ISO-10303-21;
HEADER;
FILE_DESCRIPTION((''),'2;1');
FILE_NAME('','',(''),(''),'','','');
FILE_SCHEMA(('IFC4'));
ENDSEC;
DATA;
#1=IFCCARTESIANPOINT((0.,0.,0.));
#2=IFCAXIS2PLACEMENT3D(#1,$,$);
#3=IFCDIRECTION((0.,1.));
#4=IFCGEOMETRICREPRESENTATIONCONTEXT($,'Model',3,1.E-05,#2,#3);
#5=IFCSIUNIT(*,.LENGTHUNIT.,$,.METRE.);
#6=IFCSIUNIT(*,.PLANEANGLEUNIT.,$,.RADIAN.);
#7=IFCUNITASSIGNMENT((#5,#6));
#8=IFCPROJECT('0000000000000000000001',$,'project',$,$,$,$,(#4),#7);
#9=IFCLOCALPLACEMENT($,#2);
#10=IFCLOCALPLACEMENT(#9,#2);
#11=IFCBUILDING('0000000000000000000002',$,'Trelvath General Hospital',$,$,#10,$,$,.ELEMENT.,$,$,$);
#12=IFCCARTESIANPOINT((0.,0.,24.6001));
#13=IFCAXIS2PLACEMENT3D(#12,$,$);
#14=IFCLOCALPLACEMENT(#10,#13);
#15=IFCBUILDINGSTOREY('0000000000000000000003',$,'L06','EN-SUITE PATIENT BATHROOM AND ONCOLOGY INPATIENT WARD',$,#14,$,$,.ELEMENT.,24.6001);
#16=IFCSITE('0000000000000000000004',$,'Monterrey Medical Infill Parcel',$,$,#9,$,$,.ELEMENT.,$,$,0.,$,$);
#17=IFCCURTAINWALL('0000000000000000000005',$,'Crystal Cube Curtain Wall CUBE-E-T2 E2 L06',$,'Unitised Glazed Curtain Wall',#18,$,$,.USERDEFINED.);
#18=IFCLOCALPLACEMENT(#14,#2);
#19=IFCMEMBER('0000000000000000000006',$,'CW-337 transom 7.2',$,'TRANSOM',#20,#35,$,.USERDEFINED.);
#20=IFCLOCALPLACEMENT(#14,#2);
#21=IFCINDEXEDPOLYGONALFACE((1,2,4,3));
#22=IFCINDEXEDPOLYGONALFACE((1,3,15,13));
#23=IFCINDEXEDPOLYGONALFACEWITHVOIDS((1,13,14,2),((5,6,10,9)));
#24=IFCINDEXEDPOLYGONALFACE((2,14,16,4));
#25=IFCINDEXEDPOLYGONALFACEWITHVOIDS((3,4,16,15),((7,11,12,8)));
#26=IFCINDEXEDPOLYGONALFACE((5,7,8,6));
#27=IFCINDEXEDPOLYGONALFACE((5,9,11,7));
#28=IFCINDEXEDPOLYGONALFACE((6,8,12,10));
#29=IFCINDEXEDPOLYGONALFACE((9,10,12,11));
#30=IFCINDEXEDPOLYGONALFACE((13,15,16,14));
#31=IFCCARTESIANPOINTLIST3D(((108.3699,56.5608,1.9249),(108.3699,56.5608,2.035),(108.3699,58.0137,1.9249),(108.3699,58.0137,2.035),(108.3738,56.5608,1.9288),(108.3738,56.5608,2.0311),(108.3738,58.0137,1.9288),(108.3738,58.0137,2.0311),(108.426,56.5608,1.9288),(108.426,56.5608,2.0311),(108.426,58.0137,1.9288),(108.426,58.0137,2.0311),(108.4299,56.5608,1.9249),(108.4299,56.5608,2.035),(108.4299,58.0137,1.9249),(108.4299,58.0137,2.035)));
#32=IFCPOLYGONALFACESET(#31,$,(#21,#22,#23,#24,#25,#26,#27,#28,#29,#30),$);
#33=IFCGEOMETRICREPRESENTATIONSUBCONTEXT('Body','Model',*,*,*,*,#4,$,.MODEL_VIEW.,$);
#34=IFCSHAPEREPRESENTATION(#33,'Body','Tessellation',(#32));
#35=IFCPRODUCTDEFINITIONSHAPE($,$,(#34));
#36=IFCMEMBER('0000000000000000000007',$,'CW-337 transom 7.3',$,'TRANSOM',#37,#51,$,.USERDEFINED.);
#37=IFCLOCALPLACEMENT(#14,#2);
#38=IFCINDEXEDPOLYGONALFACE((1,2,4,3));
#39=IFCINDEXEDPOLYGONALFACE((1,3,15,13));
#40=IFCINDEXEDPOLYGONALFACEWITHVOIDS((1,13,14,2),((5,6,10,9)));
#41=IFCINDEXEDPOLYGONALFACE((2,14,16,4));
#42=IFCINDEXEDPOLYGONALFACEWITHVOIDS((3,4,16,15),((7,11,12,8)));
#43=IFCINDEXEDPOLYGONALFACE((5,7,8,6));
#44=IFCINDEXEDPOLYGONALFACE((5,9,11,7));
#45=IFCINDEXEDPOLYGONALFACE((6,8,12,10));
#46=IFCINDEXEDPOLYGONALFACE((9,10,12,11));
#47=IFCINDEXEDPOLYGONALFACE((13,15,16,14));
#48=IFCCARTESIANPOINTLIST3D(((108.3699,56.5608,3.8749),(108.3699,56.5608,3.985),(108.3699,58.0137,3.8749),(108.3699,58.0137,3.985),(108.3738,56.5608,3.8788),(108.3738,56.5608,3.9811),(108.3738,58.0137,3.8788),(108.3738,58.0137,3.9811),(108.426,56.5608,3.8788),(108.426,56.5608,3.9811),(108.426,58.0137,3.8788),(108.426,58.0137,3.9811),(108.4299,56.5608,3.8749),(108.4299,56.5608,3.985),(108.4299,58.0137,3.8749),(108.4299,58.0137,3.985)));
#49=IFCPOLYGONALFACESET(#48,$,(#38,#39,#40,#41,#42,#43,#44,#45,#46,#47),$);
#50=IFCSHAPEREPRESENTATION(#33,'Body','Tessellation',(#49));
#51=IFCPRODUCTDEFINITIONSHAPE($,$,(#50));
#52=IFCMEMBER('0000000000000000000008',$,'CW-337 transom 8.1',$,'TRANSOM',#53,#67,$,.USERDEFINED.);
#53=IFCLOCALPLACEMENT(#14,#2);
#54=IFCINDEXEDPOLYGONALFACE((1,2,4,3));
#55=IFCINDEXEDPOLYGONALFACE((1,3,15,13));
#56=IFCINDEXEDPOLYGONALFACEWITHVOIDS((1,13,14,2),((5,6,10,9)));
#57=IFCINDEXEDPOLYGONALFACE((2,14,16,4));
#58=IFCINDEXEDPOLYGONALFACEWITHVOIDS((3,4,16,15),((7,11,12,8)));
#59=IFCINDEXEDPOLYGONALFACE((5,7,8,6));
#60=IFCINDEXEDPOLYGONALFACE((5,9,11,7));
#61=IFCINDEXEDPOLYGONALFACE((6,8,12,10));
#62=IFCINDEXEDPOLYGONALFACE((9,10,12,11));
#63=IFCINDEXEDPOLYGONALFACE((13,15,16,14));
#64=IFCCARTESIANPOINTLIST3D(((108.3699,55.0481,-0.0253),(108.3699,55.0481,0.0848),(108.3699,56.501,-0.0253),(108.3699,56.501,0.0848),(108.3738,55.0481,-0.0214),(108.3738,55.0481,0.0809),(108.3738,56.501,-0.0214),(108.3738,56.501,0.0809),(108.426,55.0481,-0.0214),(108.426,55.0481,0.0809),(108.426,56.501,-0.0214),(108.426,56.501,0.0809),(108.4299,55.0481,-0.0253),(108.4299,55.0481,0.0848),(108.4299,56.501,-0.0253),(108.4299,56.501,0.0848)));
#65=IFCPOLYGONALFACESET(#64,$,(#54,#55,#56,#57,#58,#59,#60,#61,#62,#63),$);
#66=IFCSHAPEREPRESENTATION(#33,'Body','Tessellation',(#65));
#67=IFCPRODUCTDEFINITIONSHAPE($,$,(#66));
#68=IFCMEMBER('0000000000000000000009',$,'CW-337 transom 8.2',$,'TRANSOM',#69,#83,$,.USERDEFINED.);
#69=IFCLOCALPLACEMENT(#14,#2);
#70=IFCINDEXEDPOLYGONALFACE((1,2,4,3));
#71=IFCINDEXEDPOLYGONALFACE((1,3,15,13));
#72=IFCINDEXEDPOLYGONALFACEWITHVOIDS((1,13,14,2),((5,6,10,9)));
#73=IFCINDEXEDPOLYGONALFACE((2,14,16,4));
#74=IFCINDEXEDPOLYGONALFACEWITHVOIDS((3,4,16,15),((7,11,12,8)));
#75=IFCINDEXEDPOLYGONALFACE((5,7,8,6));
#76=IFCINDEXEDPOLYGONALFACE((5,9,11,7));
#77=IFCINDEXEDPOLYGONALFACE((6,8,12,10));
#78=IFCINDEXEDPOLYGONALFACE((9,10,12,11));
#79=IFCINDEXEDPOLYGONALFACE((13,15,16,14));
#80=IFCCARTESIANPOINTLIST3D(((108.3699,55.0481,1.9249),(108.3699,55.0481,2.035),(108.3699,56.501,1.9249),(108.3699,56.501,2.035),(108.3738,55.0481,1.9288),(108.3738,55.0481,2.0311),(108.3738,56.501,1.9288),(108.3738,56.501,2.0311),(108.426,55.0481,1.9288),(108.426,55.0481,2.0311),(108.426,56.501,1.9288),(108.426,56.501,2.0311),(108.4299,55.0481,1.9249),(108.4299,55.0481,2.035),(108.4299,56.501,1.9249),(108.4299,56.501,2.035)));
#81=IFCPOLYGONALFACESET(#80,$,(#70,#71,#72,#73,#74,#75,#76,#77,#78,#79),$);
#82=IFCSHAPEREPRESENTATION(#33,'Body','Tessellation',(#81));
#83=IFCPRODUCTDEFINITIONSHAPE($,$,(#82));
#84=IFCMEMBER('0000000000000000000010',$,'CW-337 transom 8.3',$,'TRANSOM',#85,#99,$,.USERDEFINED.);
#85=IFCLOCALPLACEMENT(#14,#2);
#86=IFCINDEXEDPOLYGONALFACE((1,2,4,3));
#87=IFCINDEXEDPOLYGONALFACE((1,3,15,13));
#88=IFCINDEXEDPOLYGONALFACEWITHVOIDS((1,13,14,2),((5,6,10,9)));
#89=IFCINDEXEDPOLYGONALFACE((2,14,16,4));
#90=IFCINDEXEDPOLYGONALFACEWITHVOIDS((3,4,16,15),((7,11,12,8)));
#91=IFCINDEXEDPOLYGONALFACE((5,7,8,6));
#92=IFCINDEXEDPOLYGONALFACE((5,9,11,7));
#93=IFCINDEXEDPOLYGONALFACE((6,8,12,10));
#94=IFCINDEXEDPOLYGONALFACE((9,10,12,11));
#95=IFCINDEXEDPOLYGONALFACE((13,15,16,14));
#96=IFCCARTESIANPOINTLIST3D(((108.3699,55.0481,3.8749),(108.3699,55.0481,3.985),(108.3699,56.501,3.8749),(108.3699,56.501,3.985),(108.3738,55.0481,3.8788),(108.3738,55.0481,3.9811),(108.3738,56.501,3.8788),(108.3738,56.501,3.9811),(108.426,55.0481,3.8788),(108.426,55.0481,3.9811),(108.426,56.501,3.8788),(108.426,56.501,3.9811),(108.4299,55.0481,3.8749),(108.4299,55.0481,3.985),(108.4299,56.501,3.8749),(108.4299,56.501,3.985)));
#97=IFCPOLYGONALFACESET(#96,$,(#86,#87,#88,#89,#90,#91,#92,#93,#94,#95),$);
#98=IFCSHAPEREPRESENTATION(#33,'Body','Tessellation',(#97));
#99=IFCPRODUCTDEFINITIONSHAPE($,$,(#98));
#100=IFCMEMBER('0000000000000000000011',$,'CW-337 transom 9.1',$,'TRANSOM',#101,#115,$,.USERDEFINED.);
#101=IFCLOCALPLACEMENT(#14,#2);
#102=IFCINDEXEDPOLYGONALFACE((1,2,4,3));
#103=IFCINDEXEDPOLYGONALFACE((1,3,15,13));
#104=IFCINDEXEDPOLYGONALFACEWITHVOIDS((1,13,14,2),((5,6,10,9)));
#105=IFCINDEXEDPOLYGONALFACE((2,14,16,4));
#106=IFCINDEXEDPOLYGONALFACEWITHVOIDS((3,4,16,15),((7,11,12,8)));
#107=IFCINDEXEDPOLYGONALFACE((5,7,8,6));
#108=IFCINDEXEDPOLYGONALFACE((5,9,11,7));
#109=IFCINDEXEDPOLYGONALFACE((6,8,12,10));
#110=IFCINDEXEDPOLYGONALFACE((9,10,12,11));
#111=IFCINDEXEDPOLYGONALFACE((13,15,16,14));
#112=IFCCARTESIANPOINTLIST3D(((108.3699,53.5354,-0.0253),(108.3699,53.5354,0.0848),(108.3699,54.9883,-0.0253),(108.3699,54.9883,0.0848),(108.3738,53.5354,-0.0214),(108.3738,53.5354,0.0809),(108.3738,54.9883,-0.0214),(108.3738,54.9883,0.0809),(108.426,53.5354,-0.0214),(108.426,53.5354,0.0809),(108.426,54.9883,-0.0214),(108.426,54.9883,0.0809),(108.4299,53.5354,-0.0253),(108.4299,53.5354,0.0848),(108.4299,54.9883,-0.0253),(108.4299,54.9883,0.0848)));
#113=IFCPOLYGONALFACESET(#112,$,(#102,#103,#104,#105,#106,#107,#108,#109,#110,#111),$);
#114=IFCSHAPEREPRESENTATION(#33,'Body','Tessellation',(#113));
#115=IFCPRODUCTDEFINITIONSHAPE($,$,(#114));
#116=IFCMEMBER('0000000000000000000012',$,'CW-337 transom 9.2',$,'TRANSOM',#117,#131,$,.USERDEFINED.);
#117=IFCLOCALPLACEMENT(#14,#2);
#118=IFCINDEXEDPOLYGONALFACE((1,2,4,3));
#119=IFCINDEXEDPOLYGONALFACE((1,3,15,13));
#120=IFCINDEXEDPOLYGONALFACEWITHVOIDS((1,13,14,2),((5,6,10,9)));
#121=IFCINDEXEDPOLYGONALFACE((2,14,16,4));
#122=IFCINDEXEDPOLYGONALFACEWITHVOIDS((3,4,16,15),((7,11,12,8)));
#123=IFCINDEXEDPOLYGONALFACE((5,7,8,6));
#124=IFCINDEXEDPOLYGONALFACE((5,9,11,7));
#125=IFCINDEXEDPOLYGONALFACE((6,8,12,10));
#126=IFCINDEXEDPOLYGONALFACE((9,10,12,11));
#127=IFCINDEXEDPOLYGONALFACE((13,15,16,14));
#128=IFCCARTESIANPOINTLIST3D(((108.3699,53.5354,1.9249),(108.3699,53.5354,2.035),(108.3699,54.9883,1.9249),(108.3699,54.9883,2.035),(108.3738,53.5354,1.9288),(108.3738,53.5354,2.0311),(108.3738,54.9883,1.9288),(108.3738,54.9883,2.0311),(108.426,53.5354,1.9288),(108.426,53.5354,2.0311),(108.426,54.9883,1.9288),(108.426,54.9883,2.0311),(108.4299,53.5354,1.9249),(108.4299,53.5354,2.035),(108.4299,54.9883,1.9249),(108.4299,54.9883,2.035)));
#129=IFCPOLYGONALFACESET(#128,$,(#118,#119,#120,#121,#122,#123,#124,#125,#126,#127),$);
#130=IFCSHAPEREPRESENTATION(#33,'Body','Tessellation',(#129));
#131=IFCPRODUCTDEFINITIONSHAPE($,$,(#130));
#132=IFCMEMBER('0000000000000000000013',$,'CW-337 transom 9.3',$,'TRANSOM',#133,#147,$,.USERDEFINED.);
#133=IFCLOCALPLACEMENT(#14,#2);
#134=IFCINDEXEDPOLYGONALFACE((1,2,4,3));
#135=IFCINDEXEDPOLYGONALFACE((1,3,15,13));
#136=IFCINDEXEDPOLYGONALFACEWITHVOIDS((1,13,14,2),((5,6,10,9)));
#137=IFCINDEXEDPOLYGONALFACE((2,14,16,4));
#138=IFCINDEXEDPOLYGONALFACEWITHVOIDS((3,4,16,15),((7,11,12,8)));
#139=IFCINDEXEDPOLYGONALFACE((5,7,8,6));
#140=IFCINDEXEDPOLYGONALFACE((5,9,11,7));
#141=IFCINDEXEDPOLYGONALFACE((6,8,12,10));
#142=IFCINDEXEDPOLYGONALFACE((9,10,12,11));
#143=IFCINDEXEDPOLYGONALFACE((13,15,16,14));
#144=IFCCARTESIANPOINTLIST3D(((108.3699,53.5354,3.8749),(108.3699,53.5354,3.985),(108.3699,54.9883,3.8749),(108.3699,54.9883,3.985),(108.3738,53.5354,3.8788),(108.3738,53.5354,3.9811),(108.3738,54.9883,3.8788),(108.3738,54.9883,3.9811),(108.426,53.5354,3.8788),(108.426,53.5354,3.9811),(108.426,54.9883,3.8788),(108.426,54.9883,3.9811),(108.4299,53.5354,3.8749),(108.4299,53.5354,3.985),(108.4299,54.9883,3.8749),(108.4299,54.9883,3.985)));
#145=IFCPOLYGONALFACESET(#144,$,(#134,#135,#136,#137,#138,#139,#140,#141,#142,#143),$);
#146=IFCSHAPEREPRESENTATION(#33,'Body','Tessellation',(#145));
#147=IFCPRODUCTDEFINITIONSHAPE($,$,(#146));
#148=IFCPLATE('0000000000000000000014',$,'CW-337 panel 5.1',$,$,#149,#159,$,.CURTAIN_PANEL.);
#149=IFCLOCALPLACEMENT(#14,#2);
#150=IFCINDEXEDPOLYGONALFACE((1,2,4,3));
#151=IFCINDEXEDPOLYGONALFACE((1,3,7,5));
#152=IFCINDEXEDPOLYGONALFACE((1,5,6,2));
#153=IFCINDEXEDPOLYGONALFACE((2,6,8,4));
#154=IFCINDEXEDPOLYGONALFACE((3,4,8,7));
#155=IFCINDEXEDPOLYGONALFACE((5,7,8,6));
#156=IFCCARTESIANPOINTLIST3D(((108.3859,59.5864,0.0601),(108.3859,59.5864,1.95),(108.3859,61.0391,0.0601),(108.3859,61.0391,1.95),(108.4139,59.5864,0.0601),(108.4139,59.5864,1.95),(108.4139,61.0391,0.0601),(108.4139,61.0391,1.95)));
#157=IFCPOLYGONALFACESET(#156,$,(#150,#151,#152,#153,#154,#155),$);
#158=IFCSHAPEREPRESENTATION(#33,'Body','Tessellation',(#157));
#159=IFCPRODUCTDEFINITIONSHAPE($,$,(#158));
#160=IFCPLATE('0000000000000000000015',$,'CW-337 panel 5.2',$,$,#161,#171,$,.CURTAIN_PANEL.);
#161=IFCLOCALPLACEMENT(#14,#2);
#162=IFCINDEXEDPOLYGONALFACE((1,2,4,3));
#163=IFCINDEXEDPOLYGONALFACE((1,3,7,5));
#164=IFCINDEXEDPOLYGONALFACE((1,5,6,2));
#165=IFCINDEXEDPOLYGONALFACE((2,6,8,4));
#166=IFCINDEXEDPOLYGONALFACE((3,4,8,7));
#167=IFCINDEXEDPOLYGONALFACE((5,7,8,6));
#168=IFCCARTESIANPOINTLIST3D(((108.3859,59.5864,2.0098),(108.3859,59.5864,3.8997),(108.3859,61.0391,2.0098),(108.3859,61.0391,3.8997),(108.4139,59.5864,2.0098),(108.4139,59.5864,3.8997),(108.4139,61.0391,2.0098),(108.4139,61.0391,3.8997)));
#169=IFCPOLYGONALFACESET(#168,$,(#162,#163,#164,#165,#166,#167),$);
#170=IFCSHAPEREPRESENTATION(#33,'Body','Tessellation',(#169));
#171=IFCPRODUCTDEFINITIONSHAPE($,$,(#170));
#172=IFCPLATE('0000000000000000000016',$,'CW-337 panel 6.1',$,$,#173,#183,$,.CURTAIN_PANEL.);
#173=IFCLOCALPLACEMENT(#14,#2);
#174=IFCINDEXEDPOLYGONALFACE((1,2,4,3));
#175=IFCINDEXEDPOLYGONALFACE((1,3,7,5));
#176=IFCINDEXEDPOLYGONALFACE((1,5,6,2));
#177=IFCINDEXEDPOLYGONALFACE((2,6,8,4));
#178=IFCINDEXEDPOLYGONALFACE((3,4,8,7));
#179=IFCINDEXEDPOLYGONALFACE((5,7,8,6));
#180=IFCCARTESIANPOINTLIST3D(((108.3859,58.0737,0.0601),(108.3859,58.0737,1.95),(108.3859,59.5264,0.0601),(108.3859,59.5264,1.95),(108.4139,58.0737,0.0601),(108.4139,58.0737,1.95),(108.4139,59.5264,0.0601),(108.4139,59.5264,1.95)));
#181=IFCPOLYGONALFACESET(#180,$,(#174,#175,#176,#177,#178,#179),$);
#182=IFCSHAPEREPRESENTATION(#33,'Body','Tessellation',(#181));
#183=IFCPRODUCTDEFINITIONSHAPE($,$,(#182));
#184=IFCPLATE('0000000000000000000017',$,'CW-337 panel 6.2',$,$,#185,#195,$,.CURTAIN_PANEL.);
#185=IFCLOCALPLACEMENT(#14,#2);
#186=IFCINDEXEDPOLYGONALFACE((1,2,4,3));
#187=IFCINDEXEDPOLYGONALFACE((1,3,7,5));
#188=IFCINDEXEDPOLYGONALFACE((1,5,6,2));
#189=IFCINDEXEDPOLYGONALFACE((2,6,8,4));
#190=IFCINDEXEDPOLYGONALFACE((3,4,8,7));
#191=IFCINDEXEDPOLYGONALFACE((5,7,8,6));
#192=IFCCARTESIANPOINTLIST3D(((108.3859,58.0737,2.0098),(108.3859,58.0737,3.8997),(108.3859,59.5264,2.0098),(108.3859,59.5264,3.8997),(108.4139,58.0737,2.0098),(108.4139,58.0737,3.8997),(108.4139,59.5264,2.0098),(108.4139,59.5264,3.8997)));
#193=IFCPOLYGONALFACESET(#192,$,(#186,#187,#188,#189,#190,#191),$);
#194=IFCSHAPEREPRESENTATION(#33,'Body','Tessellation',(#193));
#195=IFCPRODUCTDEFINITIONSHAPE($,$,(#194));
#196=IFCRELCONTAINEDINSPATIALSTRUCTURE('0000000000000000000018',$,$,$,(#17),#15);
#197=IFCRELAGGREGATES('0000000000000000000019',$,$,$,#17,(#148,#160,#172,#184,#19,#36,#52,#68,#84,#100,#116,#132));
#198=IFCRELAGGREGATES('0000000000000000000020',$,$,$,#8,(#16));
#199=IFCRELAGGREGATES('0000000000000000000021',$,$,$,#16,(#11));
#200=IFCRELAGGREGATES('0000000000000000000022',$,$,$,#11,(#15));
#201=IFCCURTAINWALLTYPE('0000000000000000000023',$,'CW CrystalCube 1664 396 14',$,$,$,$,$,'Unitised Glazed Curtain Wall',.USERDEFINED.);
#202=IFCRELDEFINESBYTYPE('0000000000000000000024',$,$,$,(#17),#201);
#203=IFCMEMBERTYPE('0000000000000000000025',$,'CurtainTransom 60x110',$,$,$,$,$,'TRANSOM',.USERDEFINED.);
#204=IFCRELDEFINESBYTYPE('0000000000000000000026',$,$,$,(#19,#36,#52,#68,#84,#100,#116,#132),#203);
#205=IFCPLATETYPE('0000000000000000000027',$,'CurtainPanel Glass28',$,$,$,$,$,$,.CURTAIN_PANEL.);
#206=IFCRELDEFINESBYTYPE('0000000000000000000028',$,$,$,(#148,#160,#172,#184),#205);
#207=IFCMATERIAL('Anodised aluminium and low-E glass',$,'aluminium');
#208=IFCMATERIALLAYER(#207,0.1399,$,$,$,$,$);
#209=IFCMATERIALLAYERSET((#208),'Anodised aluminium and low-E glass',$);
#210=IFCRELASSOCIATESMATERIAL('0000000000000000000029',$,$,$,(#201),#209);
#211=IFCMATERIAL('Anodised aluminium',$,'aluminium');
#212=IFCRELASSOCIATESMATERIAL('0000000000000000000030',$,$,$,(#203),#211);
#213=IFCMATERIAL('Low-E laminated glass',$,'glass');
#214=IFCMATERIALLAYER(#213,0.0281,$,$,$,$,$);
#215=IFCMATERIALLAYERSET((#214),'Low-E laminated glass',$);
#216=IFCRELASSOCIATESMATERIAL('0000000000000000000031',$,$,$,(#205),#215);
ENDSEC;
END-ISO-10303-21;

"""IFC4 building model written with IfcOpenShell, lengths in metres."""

from ifc_helpers import new_model, si_unit, direction, frame, origin, origin_2d, place, context, subcontext, project, spatial, rectangle, hollow_rectangle, extrude, material, layer, layer_set, material_profile, profile_set, type_object, element, aggregate, save


model = new_model("IFC4")

# Units and contexts
model_context = context("Model", 3, precision=1e-05, world=origin(), true_north=direction((0.0, 1.0)))
body_context = subcontext(model_context, "Body", "Model", "MODEL_VIEW")
ifc_project = project(units=[si_unit("LENGTHUNIT", "METRE"), si_unit("PLANEANGLEUNIT", "RADIAN")], contexts=[model_context])

# Site, building, storey
site_placement = place(None, origin())
site = spatial("IfcSite", under=ifc_project, at=site_placement, Name="Monterrey Medical Infill Parcel", CompositionType="ELEMENT", RefElevation=0.0)
building_placement = place(site_placement, origin())
building = spatial("IfcBuilding", under=site, at=building_placement, Name="Trelvath General Hospital", CompositionType="ELEMENT")
storey_placement = place(building_placement, frame((0.0, 0.0, 24.6001)))
storey = spatial("IfcBuildingStorey", under=building, at=storey_placement, Name="L06", Description="EN-SUITE PATIENT BATHROOM AND ONCOLOGY INPATIENT WARD", CompositionType="ELEMENT", Elevation=24.6001)

# Curtain wall, members, plates
ifc_material_1 = material(Name="Anodised aluminium and low-E glass", Category="aluminium")
ifc_layer_1 = layer(ifc_material_1, 0.1399)
ifc_layer_set_1 = layer_set([ifc_layer_1], Name="Anodised aluminium and low-E glass")
curtain_wall_type = type_object("IfcCurtainWallType", Name="CW CrystalCube 1664 396 14", ElementType="Unitised Glazed Curtain Wall", PredefinedType="USERDEFINED", material=ifc_layer_set_1)
curtain_wall_placement = place(storey_placement, origin())
curtain_wall = element("IfcCurtainWall", 1, at=curtain_wall_placement, inside=storey, type_object=curtain_wall_type, Name="Crystal Cube Curtain Wall CUBE-E-T2 E2 L06", ObjectType="Unitised Glazed Curtain Wall", PredefinedType="USERDEFINED")
ifc_material_2 = material(Name="Anodised aluminium", Category="aluminium")
ifc_material_profile_1 = material_profile(ifc_material_2, hollow_rectangle(XDim=0.0601, YDim=0.1101, WallThickness=0.0039, at=origin_2d()), Name="RHS60x110x4")
ifc_profile_set_1 = profile_set([ifc_material_profile_1], Name="Anodised aluminium")
member_type_1 = type_object("IfcMemberType", Name="CurtainTransom 60x110", ElementType="TRANSOM", PredefinedType="USERDEFINED", material=ifc_profile_set_1)
member_1_placement = place(storey_placement, frame((108.3999, 58.0137, 1.98), z_axis=(0.0, -1.0, 0.0), x_axis=(1.0, 0.0, 0.0)))
member_1 = element("IfcMember", 2, at=member_1_placement, type_object=member_type_1, Name="CW-337 transom 7.2", ObjectType="TRANSOM", PredefinedType="USERDEFINED", context=body_context, shape_type="SweptSolid", body=[
    extrude(hollow_rectangle(XDim=0.0601, YDim=0.1101, WallThickness=0.0039, at=origin_2d()), origin(), (0.0, 0.0, 1.0), 1.4529),
])
member_2_placement = place(storey_placement, frame((108.3999, 58.0137, 3.9299), z_axis=(0.0, -1.0, 0.0), x_axis=(1.0, 0.0, 0.0)))
member_2 = element("IfcMember", 3, at=member_2_placement, type_object=member_type_1, Name="CW-337 transom 7.3", ObjectType="TRANSOM", PredefinedType="USERDEFINED", context=body_context, shape_type="SweptSolid", body=[
    extrude(hollow_rectangle(XDim=0.0601, YDim=0.1101, WallThickness=0.0039, at=origin_2d()), origin(), (0.0, 0.0, 1.0), 1.4529),
])
member_3_placement = place(storey_placement, frame((108.3999, 56.501, 0.0298), z_axis=(0.0, -1.0, 0.0), x_axis=(1.0, 0.0, 0.0)))
member_3 = element("IfcMember", 4, at=member_3_placement, type_object=member_type_1, Name="CW-337 transom 8.1", ObjectType="TRANSOM", PredefinedType="USERDEFINED", context=body_context, shape_type="SweptSolid", body=[
    extrude(hollow_rectangle(XDim=0.0601, YDim=0.1101, WallThickness=0.0039, at=origin_2d()), origin(), (0.0, 0.0, 1.0), 1.4529),
])
member_4_placement = place(storey_placement, frame((108.3999, 56.501, 1.98), z_axis=(0.0, -1.0, 0.0), x_axis=(1.0, 0.0, 0.0)))
member_4 = element("IfcMember", 5, at=member_4_placement, type_object=member_type_1, Name="CW-337 transom 8.2", ObjectType="TRANSOM", PredefinedType="USERDEFINED", context=body_context, shape_type="SweptSolid", body=[
    extrude(hollow_rectangle(XDim=0.0601, YDim=0.1101, WallThickness=0.0039, at=origin_2d()), origin(), (0.0, 0.0, 1.0), 1.4529),
])
member_5_placement = place(storey_placement, frame((108.3999, 56.501, 3.9299), z_axis=(0.0, -1.0, 0.0), x_axis=(1.0, 0.0, 0.0)))
member_5 = element("IfcMember", 6, at=member_5_placement, type_object=member_type_1, Name="CW-337 transom 8.3", ObjectType="TRANSOM", PredefinedType="USERDEFINED", context=body_context, shape_type="SweptSolid", body=[
    extrude(hollow_rectangle(XDim=0.0601, YDim=0.1101, WallThickness=0.0039, at=origin_2d()), origin(), (0.0, 0.0, 1.0), 1.4529),
])
member_6_placement = place(storey_placement, frame((108.3999, 54.9883, 0.0298), z_axis=(0.0, -1.0, 0.0), x_axis=(1.0, 0.0, 0.0)))
member_6 = element("IfcMember", 7, at=member_6_placement, type_object=member_type_1, Name="CW-337 transom 9.1", ObjectType="TRANSOM", PredefinedType="USERDEFINED", context=body_context, shape_type="SweptSolid", body=[
    extrude(hollow_rectangle(XDim=0.0601, YDim=0.1101, WallThickness=0.0039, at=origin_2d()), origin(), (0.0, 0.0, 1.0), 1.4529),
])
member_7_placement = place(storey_placement, frame((108.3999, 54.9883, 1.98), z_axis=(0.0, -1.0, 0.0), x_axis=(1.0, 0.0, 0.0)))
member_7 = element("IfcMember", 8, at=member_7_placement, type_object=member_type_1, Name="CW-337 transom 9.2", ObjectType="TRANSOM", PredefinedType="USERDEFINED", context=body_context, shape_type="SweptSolid", body=[
    extrude(hollow_rectangle(XDim=0.0601, YDim=0.1101, WallThickness=0.0039, at=origin_2d()), origin(), (0.0, 0.0, 1.0), 1.4529),
])
member_8_placement = place(storey_placement, frame((108.3999, 54.9883, 3.9299), z_axis=(0.0, -1.0, 0.0), x_axis=(1.0, 0.0, 0.0)))
member_8 = element("IfcMember", 9, at=member_8_placement, type_object=member_type_1, Name="CW-337 transom 9.3", ObjectType="TRANSOM", PredefinedType="USERDEFINED", context=body_context, shape_type="SweptSolid", body=[
    extrude(hollow_rectangle(XDim=0.0601, YDim=0.1101, WallThickness=0.0039, at=origin_2d()), origin(), (0.0, 0.0, 1.0), 1.4529),
])
ifc_material_3 = material(Name="Low-E laminated glass", Category="glass")
ifc_layer_2 = layer(ifc_material_3, 0.0281)
ifc_layer_set_2 = layer_set([ifc_layer_2], Name="Low-E laminated glass")
plate_type = type_object("IfcPlateType", Name="CurtainPanel Glass28", PredefinedType="CURTAIN_PANEL", material=ifc_layer_set_2)
plate_1_placement = place(storey_placement, frame((108.3999, 60.3127, 0.0601), z_axis=(0.0, 0.0, 1.0), x_axis=(0.0, -1.0, 0.0)))
plate_1 = element("IfcPlate", 10, at=plate_1_placement, type_object=plate_type, Name="CW-337 panel 5.1", PredefinedType="CURTAIN_PANEL", context=body_context, shape_type="SweptSolid", body=[
    extrude(rectangle(XDim=1.4526, YDim=0.0281, at=origin_2d()), origin(), (0.0, 0.0, 1.0), 1.8899),
])
plate_2_placement = place(storey_placement, frame((108.3999, 60.3127, 2.0098), z_axis=(0.0, 0.0, 1.0), x_axis=(0.0, -1.0, 0.0)))
plate_2 = element("IfcPlate", 11, at=plate_2_placement, type_object=plate_type, Name="CW-337 panel 5.2", PredefinedType="CURTAIN_PANEL", context=body_context, shape_type="SweptSolid", body=[
    extrude(rectangle(XDim=1.4526, YDim=0.0281, at=origin_2d()), origin(), (0.0, 0.0, 1.0), 1.8899),
])
plate_3_placement = place(storey_placement, frame((108.3999, 58.8, 0.0601), z_axis=(0.0, 0.0, 1.0), x_axis=(0.0, -1.0, 0.0)))
plate_3 = element("IfcPlate", 12, at=plate_3_placement, type_object=plate_type, Name="CW-337 panel 6.1", PredefinedType="CURTAIN_PANEL", context=body_context, shape_type="SweptSolid", body=[
    extrude(rectangle(XDim=1.4526, YDim=0.0281, at=origin_2d()), origin(), (0.0, 0.0, 1.0), 1.8899),
])
plate_4_placement = place(storey_placement, frame((108.3999, 58.8, 2.0098), z_axis=(0.0, 0.0, 1.0), x_axis=(0.0, -1.0, 0.0)))
plate_4 = element("IfcPlate", 13, at=plate_4_placement, type_object=plate_type, Name="CW-337 panel 6.2", PredefinedType="CURTAIN_PANEL", context=body_context, shape_type="SweptSolid", body=[
    extrude(rectangle(XDim=1.4526, YDim=0.0281, at=origin_2d()), origin(), (0.0, 0.0, 1.0), 1.8899),
])
aggregate(curtain_wall, [plate_1, plate_2, plate_3, plate_4, member_1, member_2, member_3, member_4, member_5, member_6, member_7, member_8])

save(model, "model.ifc")
